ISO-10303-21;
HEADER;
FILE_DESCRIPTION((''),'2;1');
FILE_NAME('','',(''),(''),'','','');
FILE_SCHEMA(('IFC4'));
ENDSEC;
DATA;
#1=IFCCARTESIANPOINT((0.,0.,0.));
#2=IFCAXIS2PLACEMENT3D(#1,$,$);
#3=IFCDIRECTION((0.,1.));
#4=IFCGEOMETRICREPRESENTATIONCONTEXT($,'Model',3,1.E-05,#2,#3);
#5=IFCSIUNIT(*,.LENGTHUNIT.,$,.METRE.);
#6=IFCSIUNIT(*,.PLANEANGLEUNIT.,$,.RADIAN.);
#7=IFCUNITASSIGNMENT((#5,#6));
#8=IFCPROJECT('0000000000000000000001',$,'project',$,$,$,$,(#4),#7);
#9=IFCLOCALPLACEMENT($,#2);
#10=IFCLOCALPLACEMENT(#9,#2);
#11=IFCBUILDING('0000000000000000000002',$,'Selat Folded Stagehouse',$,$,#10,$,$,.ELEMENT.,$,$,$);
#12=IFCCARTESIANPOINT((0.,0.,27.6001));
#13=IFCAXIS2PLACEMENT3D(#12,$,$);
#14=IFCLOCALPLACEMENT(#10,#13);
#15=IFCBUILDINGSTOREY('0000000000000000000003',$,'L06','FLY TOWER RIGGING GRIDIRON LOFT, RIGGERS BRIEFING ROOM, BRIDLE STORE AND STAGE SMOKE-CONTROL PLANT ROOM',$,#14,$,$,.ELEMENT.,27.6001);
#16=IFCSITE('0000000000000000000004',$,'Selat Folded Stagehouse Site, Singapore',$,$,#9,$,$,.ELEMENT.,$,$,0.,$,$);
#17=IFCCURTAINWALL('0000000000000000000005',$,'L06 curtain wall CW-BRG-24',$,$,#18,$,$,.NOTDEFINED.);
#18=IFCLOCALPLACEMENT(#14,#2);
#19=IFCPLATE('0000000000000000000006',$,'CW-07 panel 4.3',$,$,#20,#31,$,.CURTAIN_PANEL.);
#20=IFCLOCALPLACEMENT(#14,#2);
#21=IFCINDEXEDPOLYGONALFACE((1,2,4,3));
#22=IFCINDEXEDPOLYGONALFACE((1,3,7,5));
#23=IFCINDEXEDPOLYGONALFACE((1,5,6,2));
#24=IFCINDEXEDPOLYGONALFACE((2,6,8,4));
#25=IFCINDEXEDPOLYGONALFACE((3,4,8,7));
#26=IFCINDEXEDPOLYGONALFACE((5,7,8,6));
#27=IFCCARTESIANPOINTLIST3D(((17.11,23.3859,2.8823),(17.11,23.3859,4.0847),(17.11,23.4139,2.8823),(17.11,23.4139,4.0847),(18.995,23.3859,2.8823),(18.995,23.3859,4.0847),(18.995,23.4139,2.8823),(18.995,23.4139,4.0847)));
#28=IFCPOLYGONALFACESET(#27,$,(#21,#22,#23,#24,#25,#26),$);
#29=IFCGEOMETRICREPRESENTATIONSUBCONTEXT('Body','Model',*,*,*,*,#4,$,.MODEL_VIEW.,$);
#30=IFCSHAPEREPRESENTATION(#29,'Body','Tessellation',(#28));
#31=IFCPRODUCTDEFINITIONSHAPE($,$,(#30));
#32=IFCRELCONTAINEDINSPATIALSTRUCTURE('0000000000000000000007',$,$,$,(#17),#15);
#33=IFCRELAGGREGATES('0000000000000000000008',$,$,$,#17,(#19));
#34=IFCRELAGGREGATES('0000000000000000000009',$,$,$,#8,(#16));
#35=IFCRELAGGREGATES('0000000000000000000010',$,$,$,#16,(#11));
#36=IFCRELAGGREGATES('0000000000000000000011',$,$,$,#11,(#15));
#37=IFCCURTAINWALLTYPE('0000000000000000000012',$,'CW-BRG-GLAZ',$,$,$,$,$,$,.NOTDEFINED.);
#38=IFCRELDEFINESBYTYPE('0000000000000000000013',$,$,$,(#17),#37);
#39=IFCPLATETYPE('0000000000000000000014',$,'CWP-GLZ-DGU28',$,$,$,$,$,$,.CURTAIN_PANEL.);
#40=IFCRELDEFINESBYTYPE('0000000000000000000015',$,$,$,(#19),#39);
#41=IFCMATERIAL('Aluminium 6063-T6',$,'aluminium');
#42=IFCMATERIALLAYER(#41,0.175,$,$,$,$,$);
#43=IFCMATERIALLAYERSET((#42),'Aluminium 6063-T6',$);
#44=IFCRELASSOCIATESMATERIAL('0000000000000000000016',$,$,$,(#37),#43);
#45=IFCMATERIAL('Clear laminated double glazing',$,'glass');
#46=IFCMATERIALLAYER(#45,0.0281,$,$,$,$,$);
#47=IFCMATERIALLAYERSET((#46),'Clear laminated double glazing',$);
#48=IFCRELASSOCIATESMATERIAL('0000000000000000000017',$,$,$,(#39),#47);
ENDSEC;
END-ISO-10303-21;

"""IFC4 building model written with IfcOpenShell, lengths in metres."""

from ifc_helpers import new_model, si_unit, direction, frame, origin, origin_2d, place, context, subcontext, project, spatial, rectangle, extrude, material, layer, layer_set, type_object, element, aggregate, save


model = new_model("IFC4")

# Units and contexts
model_context = context("Model", 3, precision=1e-05, world=origin(), true_north=direction((0.0, 1.0)))
body_context = subcontext(model_context, "Body", "Model", "MODEL_VIEW")
ifc_project = project(units=[si_unit("LENGTHUNIT", "METRE"), si_unit("PLANEANGLEUNIT", "RADIAN")], contexts=[model_context])

# Site, building, storey
site_placement = place(None, origin())
site = spatial("IfcSite", under=ifc_project, at=site_placement, Name="Selat Folded Stagehouse Site, Singapore", CompositionType="ELEMENT", RefElevation=0.0)
building_placement = place(site_placement, origin())
building = spatial("IfcBuilding", under=site, at=building_placement, Name="Selat Folded Stagehouse", CompositionType="ELEMENT")
storey_placement = place(building_placement, frame((0.0, 0.0, 27.6001)))
storey = spatial("IfcBuildingStorey", under=building, at=storey_placement, Name="L06", Description="FLY TOWER RIGGING GRIDIRON LOFT, RIGGERS BRIEFING ROOM, BRIDLE STORE AND STAGE SMOKE-CONTROL PLANT ROOM", CompositionType="ELEMENT", Elevation=27.6001)

# Curtain wall, plate
ifc_material_1 = material(Name="Aluminium 6063-T6", Category="aluminium")
ifc_layer_1 = layer(ifc_material_1, 0.175)
ifc_layer_set_1 = layer_set([ifc_layer_1], Name="Aluminium 6063-T6")
curtain_wall_type = type_object("IfcCurtainWallType", Name="CW-BRG-GLAZ", PredefinedType="NOTDEFINED", material=ifc_layer_set_1)
curtain_wall_placement = place(storey_placement, origin())
curtain_wall = element("IfcCurtainWall", 1, at=curtain_wall_placement, inside=storey, type_object=curtain_wall_type, Name="L06 curtain wall CW-BRG-24", PredefinedType="NOTDEFINED")
ifc_material_2 = material(Name="Clear laminated double glazing", Category="glass")
ifc_layer_2 = layer(ifc_material_2, 0.0281)
ifc_layer_set_2 = layer_set([ifc_layer_2], Name="Clear laminated double glazing")
plate_type = type_object("IfcPlateType", Name="CWP-GLZ-DGU28", PredefinedType="CURTAIN_PANEL", material=ifc_layer_set_2)
plate_1_placement = place(storey_placement, frame((18.0525, 23.3999, 2.8823), z_axis=(0.0, 0.0, 1.0), x_axis=(-1.0, 0.0, 0.0)))
plate_1 = element("IfcPlate", 2, at=plate_1_placement, type_object=plate_type, Name="CW-07 panel 4.3", PredefinedType="CURTAIN_PANEL", context=body_context, shape_type="SweptSolid", body=[
    extrude(rectangle(XDim=1.885, YDim=0.0281, at=origin_2d()), origin(), (0.0, 0.0, 1.0), 1.2024),
])
aggregate(curtain_wall, [plate_1])

save(model, "model.ifc")
